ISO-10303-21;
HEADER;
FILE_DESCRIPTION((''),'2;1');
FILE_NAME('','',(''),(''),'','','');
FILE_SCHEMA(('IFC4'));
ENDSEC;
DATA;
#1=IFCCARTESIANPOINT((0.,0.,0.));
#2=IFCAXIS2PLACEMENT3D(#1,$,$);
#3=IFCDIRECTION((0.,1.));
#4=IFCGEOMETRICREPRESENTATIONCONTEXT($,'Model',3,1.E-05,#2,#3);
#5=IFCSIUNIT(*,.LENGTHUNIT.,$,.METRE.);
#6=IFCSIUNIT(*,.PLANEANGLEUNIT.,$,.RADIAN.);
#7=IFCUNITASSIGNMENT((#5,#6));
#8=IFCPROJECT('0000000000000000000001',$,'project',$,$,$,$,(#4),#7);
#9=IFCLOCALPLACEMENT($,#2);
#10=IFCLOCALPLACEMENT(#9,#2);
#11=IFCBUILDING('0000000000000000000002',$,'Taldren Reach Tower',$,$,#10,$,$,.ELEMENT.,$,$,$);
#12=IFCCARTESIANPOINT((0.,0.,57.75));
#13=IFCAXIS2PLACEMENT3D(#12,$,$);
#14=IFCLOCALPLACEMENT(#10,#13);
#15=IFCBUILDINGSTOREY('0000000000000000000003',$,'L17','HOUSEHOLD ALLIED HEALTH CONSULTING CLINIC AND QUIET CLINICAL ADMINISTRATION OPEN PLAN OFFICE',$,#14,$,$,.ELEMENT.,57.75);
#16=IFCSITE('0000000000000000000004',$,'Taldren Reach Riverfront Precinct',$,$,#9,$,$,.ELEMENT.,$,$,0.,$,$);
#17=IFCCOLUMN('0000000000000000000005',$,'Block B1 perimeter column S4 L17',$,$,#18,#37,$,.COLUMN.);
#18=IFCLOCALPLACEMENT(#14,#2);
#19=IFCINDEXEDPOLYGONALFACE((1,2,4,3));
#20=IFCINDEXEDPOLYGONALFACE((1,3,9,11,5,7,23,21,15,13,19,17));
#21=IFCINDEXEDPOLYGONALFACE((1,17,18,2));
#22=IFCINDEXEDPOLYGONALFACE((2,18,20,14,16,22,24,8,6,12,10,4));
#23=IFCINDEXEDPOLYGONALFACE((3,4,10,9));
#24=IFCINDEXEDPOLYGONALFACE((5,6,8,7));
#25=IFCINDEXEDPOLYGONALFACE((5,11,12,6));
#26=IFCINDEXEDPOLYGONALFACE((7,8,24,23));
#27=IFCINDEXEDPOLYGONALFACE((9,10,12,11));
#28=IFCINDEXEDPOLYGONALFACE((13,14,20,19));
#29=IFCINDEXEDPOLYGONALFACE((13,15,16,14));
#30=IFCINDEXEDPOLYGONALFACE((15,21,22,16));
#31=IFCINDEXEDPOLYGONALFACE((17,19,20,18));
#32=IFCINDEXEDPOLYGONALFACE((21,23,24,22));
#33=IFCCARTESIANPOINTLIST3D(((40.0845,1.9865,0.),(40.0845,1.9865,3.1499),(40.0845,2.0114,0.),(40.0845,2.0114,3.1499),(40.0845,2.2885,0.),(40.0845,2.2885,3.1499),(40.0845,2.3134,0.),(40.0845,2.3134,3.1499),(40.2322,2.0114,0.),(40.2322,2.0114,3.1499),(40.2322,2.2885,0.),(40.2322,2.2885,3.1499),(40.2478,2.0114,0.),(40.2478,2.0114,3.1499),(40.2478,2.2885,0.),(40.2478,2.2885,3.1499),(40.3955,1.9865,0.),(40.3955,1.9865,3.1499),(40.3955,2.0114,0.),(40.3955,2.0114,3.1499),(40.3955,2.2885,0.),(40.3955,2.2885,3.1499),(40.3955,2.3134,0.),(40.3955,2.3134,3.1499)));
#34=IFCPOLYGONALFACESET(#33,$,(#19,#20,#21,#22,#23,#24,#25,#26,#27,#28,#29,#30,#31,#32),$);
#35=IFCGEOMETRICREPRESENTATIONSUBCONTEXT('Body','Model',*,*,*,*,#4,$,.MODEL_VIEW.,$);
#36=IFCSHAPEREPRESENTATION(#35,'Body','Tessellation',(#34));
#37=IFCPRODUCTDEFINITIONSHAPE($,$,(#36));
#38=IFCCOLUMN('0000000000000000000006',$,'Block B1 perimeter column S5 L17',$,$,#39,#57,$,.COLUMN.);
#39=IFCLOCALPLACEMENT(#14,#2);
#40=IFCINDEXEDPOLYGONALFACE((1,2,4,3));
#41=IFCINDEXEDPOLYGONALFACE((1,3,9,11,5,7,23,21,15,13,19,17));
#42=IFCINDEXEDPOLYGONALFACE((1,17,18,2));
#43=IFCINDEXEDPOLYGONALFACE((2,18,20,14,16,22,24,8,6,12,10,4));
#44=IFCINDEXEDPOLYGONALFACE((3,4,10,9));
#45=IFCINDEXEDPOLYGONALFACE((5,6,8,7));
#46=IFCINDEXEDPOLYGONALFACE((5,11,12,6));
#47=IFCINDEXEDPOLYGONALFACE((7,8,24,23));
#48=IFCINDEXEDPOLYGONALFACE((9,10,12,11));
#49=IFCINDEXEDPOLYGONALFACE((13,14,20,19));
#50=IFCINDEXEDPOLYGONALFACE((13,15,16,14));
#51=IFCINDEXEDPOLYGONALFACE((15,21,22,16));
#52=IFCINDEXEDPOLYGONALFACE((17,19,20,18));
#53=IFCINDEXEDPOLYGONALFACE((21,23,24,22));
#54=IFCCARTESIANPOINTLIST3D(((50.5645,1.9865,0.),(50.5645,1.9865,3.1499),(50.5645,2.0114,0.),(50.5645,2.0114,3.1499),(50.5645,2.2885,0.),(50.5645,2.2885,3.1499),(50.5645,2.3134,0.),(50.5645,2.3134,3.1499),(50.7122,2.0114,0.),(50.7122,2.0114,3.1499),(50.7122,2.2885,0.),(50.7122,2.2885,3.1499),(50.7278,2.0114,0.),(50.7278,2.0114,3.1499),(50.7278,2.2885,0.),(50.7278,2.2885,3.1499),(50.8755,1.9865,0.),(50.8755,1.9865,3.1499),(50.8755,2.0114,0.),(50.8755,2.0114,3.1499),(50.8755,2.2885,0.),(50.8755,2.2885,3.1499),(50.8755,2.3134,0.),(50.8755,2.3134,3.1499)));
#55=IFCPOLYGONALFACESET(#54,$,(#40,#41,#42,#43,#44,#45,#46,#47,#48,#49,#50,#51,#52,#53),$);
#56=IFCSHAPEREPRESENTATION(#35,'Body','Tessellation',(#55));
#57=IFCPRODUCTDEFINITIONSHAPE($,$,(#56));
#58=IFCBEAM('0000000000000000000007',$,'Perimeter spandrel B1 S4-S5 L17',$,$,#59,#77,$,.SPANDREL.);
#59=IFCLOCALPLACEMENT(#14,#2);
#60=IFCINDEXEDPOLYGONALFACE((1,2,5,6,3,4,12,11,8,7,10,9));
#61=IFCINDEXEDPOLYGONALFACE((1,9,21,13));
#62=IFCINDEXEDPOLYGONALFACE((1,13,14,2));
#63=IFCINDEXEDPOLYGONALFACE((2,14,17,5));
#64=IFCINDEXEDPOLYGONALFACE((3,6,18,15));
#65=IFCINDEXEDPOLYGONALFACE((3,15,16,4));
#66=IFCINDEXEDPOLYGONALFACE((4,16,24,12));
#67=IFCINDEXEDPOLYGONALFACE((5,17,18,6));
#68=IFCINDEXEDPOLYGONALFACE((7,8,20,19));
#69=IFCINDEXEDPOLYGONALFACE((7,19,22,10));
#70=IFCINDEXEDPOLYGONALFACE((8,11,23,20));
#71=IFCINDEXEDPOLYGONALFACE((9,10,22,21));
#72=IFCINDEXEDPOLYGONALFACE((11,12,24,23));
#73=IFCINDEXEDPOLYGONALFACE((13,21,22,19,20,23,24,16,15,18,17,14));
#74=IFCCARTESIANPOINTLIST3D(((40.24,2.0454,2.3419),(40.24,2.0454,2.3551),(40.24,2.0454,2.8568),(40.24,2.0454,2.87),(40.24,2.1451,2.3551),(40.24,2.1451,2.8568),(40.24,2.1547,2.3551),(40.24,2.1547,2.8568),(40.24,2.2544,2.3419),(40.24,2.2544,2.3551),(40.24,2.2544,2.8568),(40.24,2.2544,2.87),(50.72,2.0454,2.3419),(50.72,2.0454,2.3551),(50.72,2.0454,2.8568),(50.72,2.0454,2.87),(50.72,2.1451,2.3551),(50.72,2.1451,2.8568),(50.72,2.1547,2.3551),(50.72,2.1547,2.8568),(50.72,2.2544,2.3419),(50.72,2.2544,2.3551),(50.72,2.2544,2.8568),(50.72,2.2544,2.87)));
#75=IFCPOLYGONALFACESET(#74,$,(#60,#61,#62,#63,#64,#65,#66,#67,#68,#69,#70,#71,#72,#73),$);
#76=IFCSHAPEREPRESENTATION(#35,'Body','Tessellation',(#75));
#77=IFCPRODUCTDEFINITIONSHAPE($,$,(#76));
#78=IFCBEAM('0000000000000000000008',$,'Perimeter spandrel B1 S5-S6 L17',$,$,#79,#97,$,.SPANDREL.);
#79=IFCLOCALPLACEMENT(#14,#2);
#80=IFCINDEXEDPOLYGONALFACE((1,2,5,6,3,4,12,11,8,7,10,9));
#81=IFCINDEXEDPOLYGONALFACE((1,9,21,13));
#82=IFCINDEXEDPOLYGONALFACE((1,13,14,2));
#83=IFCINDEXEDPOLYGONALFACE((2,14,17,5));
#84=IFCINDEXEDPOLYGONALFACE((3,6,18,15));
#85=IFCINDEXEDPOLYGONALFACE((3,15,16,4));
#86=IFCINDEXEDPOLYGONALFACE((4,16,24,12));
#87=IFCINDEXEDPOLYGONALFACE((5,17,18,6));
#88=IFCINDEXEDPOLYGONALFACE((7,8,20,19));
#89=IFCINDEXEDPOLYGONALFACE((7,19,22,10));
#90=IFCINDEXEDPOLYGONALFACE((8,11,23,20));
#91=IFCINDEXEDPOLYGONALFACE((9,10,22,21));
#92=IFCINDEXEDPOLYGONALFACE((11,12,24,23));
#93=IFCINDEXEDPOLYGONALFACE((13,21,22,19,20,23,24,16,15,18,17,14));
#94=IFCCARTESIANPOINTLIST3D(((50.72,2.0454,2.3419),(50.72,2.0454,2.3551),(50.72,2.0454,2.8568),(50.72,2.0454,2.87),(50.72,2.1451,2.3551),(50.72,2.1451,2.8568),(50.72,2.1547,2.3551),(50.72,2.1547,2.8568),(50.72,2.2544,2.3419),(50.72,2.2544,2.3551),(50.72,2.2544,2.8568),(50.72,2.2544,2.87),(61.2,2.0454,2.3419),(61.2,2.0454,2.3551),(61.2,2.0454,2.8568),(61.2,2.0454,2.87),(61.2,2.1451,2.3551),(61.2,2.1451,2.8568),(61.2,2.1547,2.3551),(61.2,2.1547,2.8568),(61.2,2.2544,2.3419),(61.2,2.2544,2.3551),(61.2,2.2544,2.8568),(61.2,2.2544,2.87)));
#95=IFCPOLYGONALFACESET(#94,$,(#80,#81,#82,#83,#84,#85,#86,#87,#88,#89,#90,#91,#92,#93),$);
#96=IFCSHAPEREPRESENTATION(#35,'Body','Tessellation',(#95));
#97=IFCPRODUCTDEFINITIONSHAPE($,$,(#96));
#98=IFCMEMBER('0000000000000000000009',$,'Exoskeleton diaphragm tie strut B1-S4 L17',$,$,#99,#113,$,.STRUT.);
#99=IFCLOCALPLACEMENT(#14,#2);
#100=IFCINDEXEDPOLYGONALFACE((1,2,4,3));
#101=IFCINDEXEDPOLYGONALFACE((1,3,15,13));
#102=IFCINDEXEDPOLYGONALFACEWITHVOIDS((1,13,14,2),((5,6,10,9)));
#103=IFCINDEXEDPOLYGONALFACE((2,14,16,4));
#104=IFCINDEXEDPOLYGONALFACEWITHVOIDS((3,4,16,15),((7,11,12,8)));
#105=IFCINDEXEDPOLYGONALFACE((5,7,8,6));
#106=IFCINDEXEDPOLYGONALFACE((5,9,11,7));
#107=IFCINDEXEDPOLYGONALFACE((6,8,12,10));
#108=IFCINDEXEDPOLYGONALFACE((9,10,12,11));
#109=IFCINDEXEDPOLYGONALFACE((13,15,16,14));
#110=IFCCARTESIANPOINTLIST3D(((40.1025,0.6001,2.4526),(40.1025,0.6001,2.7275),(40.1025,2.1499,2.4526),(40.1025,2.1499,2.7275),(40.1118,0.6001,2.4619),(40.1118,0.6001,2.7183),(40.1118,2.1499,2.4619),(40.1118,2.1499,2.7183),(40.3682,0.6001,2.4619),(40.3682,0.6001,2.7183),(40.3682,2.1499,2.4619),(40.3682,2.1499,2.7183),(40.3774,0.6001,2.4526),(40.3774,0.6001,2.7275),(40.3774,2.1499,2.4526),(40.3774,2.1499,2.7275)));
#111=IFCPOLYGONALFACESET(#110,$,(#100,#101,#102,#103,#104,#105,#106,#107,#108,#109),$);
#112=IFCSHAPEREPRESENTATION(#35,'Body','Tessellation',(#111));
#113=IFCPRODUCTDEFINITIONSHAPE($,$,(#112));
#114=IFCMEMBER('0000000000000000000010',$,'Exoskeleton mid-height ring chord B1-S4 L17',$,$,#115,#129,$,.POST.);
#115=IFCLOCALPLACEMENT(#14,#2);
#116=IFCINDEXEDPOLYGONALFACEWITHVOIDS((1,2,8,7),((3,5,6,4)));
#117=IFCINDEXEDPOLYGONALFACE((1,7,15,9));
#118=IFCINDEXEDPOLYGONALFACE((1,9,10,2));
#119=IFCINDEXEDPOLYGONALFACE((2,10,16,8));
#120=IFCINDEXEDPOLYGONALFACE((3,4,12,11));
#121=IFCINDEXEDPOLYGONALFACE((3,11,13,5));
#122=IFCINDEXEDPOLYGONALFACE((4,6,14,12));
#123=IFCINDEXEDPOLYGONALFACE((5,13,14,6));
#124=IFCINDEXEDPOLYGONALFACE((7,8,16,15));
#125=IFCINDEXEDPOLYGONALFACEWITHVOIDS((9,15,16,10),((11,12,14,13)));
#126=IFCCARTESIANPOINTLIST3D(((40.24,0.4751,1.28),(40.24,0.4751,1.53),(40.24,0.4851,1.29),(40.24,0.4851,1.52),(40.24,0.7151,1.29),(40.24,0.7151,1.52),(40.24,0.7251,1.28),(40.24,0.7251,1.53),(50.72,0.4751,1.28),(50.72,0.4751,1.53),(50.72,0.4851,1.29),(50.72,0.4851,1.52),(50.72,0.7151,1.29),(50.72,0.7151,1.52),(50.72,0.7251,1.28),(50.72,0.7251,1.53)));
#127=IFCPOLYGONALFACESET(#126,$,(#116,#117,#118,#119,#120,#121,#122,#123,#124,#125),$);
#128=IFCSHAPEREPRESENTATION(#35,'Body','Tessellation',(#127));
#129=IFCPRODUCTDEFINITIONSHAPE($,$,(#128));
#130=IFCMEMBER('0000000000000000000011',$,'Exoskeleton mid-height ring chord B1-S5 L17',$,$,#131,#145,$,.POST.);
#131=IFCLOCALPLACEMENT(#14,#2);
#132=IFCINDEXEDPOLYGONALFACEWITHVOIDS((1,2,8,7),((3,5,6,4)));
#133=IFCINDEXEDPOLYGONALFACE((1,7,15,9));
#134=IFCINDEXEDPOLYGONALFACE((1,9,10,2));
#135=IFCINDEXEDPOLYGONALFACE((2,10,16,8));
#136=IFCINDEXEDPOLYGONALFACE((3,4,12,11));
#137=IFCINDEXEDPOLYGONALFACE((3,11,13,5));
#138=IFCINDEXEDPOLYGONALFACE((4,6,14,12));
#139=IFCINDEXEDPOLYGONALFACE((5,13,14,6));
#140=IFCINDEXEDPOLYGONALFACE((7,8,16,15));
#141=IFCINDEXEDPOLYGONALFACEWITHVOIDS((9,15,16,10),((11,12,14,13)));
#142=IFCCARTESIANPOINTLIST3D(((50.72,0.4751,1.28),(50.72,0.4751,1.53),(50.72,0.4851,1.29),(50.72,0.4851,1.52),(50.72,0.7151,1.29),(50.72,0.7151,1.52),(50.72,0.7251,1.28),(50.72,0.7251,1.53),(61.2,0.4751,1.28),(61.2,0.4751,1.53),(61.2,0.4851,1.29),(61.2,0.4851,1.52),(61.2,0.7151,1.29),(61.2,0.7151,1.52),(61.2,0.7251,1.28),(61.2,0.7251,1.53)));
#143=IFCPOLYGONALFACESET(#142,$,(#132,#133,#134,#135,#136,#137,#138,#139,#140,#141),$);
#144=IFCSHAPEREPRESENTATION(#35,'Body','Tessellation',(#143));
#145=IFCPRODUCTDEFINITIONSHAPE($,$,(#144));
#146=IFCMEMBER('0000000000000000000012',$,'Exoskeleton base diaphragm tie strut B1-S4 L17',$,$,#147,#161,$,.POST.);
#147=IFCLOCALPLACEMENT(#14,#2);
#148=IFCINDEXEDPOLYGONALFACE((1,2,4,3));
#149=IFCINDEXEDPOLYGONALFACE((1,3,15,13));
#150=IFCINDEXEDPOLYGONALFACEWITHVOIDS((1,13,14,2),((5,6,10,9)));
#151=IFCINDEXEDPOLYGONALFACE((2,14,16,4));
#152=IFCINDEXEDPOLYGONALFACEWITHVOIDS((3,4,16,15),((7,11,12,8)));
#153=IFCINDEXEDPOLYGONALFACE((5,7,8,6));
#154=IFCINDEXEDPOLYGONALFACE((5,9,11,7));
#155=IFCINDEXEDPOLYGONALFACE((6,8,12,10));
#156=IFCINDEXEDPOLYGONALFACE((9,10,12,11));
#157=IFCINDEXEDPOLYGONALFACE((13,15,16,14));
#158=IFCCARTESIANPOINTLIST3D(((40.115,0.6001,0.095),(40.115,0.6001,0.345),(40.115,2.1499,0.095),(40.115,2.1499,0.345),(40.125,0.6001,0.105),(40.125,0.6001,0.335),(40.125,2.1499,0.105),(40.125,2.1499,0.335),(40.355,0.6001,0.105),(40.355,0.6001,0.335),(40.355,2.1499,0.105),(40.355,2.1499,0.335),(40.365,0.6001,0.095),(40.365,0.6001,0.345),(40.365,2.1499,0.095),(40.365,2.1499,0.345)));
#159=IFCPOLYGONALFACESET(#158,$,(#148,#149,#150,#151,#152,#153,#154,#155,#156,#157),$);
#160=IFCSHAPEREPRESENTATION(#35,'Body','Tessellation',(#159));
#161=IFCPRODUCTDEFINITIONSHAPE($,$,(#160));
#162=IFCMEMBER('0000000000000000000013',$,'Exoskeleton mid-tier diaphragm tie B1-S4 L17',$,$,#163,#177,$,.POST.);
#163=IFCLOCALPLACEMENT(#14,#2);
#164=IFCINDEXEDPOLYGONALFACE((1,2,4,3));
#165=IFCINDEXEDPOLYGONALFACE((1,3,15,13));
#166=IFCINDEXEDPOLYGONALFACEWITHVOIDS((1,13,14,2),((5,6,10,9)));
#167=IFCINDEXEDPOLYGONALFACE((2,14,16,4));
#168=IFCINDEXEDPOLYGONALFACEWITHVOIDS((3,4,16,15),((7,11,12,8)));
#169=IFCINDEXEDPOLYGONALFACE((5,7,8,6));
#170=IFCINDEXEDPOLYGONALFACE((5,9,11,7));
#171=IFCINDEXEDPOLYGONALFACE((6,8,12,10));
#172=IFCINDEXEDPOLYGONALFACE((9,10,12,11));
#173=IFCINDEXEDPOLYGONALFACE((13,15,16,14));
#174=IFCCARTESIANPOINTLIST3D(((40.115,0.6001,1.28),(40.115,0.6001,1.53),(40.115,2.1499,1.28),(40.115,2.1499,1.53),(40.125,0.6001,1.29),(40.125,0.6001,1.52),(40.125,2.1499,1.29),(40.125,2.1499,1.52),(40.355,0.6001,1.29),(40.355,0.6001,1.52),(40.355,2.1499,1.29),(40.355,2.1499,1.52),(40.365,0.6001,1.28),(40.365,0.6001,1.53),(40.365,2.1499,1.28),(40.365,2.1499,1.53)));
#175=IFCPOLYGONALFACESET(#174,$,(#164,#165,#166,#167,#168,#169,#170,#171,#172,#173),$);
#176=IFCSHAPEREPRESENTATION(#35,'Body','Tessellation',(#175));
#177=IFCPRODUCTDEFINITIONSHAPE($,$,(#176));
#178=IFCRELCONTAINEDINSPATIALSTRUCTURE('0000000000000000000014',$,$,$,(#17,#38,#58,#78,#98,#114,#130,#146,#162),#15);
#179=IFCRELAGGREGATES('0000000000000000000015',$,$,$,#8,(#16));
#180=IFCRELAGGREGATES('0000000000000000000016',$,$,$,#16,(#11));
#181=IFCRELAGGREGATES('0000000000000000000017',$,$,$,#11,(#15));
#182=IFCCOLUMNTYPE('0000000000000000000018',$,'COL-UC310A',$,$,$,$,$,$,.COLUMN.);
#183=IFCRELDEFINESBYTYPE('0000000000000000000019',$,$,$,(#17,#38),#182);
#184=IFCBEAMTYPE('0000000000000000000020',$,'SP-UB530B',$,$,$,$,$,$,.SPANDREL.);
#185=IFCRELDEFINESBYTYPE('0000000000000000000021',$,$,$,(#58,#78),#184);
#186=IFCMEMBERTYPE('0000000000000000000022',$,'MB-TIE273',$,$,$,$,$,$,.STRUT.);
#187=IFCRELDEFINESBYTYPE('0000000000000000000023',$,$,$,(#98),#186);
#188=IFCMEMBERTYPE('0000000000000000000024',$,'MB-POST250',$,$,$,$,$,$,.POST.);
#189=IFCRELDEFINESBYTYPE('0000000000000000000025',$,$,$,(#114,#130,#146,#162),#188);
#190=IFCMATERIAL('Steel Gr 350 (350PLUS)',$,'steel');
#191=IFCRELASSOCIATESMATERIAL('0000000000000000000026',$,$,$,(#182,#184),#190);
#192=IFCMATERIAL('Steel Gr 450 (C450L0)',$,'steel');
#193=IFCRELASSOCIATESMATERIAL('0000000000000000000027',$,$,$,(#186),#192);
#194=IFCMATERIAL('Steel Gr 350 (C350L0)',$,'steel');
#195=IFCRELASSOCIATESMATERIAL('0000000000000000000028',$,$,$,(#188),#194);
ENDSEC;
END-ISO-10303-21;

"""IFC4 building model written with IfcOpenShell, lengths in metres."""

from ifc_helpers import new_model, si_unit, direction, frame, origin, origin_2d, place, context, subcontext, project, spatial, hollow_rectangle, i_section, extrude, source, transform, mapped, material, material_profile, profile_set, type_object, element, save


model = new_model("IFC4")

# Units and contexts
model_context = context("Model", 3, precision=1e-05, world=origin(), true_north=direction((0.0, 1.0)))
body_context = subcontext(model_context, "Body", "Model", "MODEL_VIEW")
ifc_project = project(units=[si_unit("LENGTHUNIT", "METRE"), si_unit("PLANEANGLEUNIT", "RADIAN")], contexts=[model_context])

# Site, building, storey
site_placement = place(None, origin())
site = spatial("IfcSite", under=ifc_project, at=site_placement, Name="Taldren Reach Riverfront Precinct", CompositionType="ELEMENT", RefElevation=0.0)
building_placement = place(site_placement, origin())
building = spatial("IfcBuilding", under=site, at=building_placement, Name="Taldren Reach Tower", CompositionType="ELEMENT")
storey_placement = place(building_placement, frame((0.0, 0.0, 57.75)))
storey = spatial("IfcBuildingStorey", under=building, at=storey_placement, Name="L17", Description="HOUSEHOLD ALLIED HEALTH CONSULTING CLINIC AND QUIET CLINICAL ADMINISTRATION OPEN PLAN OFFICE", CompositionType="ELEMENT", Elevation=57.75)

# Columns
ifc_material_1 = material(Name="Steel Gr 350 (350PLUS)", Category="steel")
ifc_material_profile_1 = material_profile(ifc_material_1, i_section(OverallWidth=0.311, OverallDepth=0.3269, WebThickness=0.0156, FlangeThickness=0.0249, at=origin_2d()), Name="310UC158")
ifc_profile_set_1 = profile_set([ifc_material_profile_1], Name="Steel Gr 350 (350PLUS)")
column_type = type_object("IfcColumnType", Name="COL-UC310A", PredefinedType="COLUMN", material=ifc_profile_set_1)
shared_shape_1 = source(origin(), body_context, "Body", "SweptSolid", [
    extrude(i_section(OverallWidth=0.311, OverallDepth=0.3269, WebThickness=0.0156, FlangeThickness=0.0249, at=origin_2d()), origin(), (0.0, 0.0, 1.0), 3.1499),
])
for number, where, z_axis, x_axis, name in (
    (1, (40.24, 2.1499, 0.0), (0.0, 0.0, 1.0), (1.0, 0.0, 0.0), "Block B1 perimeter column S4 L17"),
    (2, (50.72, 2.1499, 0.0), (0.0, 0.0, 1.0), (1.0, 0.0, 0.0), "Block B1 perimeter column S5 L17"),
):
    element("IfcColumn", number, at=place(storey_placement, frame(where, z_axis=z_axis, x_axis=x_axis)), inside=storey, type_object=column_type, Name=name, PredefinedType="COLUMN", context=body_context, shape_type="MappedRepresentation", body=[
        mapped(shared_shape_1, transform((0.0, 0.0, 0.0), scale=1.0)),
    ])

# Beams
ifc_material_profile_2 = material_profile(ifc_material_1, i_section(OverallWidth=0.209, OverallDepth=0.5281, WebThickness=0.0095, FlangeThickness=0.0132, at=origin_2d()), Name="530UB82.0")
ifc_profile_set_2 = profile_set([ifc_material_profile_2], Name="Steel Gr 350 (350PLUS)")
beam_type = type_object("IfcBeamType", Name="SP-UB530B", PredefinedType="SPANDREL", material=ifc_profile_set_2)
shared_shape_2 = source(origin(), body_context, "Body", "SweptSolid", [
    extrude(i_section(OverallWidth=0.209, OverallDepth=0.5281, WebThickness=0.0095, FlangeThickness=0.0132, at=origin_2d()), origin(), (0.0, 0.0, 1.0), 10.48),
])
for number, where, z_axis, x_axis, name in (
    (3, (40.24, 2.1499, 2.606), (1.0, 0.0, 0.0), (0.0, 1.0, 0.0), "Perimeter spandrel B1 S4-S5 L17"),
    (4, (50.72, 2.1499, 2.606), (1.0, 0.0, 0.0), (0.0, 1.0, 0.0), "Perimeter spandrel B1 S5-S6 L17"),
):
    element("IfcBeam", number, at=place(storey_placement, frame(where, z_axis=z_axis, x_axis=x_axis)), inside=storey, type_object=beam_type, Name=name, PredefinedType="SPANDREL", context=body_context, shape_type="MappedRepresentation", body=[
        mapped(shared_shape_2, transform((0.0, 0.0, 0.0), scale=1.0)),
    ])

# Members
ifc_material_2 = material(Name="Steel Gr 450 (C450L0)", Category="steel")
ifc_material_profile_3 = material_profile(ifc_material_2, hollow_rectangle(XDim=0.2749, YDim=0.2749, WallThickness=0.0093, at=origin_2d()), Name="275x275x9.3SHS")
ifc_profile_set_3 = profile_set([ifc_material_profile_3], Name="Steel Gr 450 (C450L0)")
member_type_1 = type_object("IfcMemberType", Name="MB-TIE273", PredefinedType="STRUT", material=ifc_profile_set_3)
shared_shape_3 = source(origin(), body_context, "Body", "SweptSolid", [
    extrude(hollow_rectangle(XDim=0.2749, YDim=0.2749, WallThickness=0.0093, at=origin_2d()), origin(), (0.0, 0.0, 1.0), 1.5498),
])
member_1_placement = place(storey_placement, frame((40.24, 2.1499, 2.5901), z_axis=(0.0, -1.0, 0.0), x_axis=(1.0, 0.0, 0.0)))
element("IfcMember", 5, at=member_1_placement, inside=storey, type_object=member_type_1, Name="Exoskeleton diaphragm tie strut B1-S4 L17", PredefinedType="STRUT", context=body_context, shape_type="MappedRepresentation", body=[
    mapped(shared_shape_3, transform((0.0, 0.0, 0.0), scale=1.0)),
])
ifc_material_3 = material(Name="Steel Gr 350 (C350L0)", Category="steel")
ifc_material_profile_4 = material_profile(ifc_material_3, hollow_rectangle(XDim=0.25, YDim=0.25, WallThickness=0.01, at=origin_2d()), Name="250x250x10.0SHS")
ifc_profile_set_4 = profile_set([ifc_material_profile_4], Name="Steel Gr 350 (C350L0)")
member_type_2 = type_object("IfcMemberType", Name="MB-POST250", PredefinedType="POST", material=ifc_profile_set_4)
shared_shape_4 = source(origin(), body_context, "Body", "SweptSolid", [
    extrude(hollow_rectangle(XDim=0.25, YDim=0.25, WallThickness=0.01, at=origin_2d()), origin(), (0.0, 0.0, 1.0), 10.48),
])
for number, where, z_axis, x_axis, name in (
    (6, (40.24, 0.6001, 1.405), (1.0, 0.0, 0.0), (0.0, 1.0, 0.0), "Exoskeleton mid-height ring chord B1-S4 L17"),
    (7, (50.72, 0.6001, 1.405), (1.0, 0.0, 0.0), (0.0, 1.0, 0.0), "Exoskeleton mid-height ring chord B1-S5 L17"),
):
    element("IfcMember", number, at=place(storey_placement, frame(where, z_axis=z_axis, x_axis=x_axis)), inside=storey, type_object=member_type_2, Name=name, PredefinedType="POST", context=body_context, shape_type="MappedRepresentation", body=[
        mapped(shared_shape_4, transform((0.0, 0.0, 0.0), scale=1.0)),
    ])
shared_shape_5 = source(origin(), body_context, "Body", "SweptSolid", [
    extrude(hollow_rectangle(XDim=0.25, YDim=0.25, WallThickness=0.01, at=origin_2d()), origin(), (0.0, 0.0, 1.0), 1.5498),
])
for number, where, z_axis, x_axis, name in (
    (8, (40.24, 2.1499, 0.22), (0.0, -1.0, 0.0), (1.0, 0.0, 0.0), "Exoskeleton base diaphragm tie strut B1-S4 L17"),
    (9, (40.24, 2.1499, 1.405), (0.0, -1.0, 0.0), (1.0, 0.0, 0.0), "Exoskeleton mid-tier diaphragm tie B1-S4 L17"),
):
    element("IfcMember", number, at=place(storey_placement, frame(where, z_axis=z_axis, x_axis=x_axis)), inside=storey, type_object=member_type_2, Name=name, PredefinedType="POST", context=body_context, shape_type="MappedRepresentation", body=[
        mapped(shared_shape_5, transform((0.0, 0.0, 0.0), scale=1.0)),
    ])

save(model, "model.ifc")
